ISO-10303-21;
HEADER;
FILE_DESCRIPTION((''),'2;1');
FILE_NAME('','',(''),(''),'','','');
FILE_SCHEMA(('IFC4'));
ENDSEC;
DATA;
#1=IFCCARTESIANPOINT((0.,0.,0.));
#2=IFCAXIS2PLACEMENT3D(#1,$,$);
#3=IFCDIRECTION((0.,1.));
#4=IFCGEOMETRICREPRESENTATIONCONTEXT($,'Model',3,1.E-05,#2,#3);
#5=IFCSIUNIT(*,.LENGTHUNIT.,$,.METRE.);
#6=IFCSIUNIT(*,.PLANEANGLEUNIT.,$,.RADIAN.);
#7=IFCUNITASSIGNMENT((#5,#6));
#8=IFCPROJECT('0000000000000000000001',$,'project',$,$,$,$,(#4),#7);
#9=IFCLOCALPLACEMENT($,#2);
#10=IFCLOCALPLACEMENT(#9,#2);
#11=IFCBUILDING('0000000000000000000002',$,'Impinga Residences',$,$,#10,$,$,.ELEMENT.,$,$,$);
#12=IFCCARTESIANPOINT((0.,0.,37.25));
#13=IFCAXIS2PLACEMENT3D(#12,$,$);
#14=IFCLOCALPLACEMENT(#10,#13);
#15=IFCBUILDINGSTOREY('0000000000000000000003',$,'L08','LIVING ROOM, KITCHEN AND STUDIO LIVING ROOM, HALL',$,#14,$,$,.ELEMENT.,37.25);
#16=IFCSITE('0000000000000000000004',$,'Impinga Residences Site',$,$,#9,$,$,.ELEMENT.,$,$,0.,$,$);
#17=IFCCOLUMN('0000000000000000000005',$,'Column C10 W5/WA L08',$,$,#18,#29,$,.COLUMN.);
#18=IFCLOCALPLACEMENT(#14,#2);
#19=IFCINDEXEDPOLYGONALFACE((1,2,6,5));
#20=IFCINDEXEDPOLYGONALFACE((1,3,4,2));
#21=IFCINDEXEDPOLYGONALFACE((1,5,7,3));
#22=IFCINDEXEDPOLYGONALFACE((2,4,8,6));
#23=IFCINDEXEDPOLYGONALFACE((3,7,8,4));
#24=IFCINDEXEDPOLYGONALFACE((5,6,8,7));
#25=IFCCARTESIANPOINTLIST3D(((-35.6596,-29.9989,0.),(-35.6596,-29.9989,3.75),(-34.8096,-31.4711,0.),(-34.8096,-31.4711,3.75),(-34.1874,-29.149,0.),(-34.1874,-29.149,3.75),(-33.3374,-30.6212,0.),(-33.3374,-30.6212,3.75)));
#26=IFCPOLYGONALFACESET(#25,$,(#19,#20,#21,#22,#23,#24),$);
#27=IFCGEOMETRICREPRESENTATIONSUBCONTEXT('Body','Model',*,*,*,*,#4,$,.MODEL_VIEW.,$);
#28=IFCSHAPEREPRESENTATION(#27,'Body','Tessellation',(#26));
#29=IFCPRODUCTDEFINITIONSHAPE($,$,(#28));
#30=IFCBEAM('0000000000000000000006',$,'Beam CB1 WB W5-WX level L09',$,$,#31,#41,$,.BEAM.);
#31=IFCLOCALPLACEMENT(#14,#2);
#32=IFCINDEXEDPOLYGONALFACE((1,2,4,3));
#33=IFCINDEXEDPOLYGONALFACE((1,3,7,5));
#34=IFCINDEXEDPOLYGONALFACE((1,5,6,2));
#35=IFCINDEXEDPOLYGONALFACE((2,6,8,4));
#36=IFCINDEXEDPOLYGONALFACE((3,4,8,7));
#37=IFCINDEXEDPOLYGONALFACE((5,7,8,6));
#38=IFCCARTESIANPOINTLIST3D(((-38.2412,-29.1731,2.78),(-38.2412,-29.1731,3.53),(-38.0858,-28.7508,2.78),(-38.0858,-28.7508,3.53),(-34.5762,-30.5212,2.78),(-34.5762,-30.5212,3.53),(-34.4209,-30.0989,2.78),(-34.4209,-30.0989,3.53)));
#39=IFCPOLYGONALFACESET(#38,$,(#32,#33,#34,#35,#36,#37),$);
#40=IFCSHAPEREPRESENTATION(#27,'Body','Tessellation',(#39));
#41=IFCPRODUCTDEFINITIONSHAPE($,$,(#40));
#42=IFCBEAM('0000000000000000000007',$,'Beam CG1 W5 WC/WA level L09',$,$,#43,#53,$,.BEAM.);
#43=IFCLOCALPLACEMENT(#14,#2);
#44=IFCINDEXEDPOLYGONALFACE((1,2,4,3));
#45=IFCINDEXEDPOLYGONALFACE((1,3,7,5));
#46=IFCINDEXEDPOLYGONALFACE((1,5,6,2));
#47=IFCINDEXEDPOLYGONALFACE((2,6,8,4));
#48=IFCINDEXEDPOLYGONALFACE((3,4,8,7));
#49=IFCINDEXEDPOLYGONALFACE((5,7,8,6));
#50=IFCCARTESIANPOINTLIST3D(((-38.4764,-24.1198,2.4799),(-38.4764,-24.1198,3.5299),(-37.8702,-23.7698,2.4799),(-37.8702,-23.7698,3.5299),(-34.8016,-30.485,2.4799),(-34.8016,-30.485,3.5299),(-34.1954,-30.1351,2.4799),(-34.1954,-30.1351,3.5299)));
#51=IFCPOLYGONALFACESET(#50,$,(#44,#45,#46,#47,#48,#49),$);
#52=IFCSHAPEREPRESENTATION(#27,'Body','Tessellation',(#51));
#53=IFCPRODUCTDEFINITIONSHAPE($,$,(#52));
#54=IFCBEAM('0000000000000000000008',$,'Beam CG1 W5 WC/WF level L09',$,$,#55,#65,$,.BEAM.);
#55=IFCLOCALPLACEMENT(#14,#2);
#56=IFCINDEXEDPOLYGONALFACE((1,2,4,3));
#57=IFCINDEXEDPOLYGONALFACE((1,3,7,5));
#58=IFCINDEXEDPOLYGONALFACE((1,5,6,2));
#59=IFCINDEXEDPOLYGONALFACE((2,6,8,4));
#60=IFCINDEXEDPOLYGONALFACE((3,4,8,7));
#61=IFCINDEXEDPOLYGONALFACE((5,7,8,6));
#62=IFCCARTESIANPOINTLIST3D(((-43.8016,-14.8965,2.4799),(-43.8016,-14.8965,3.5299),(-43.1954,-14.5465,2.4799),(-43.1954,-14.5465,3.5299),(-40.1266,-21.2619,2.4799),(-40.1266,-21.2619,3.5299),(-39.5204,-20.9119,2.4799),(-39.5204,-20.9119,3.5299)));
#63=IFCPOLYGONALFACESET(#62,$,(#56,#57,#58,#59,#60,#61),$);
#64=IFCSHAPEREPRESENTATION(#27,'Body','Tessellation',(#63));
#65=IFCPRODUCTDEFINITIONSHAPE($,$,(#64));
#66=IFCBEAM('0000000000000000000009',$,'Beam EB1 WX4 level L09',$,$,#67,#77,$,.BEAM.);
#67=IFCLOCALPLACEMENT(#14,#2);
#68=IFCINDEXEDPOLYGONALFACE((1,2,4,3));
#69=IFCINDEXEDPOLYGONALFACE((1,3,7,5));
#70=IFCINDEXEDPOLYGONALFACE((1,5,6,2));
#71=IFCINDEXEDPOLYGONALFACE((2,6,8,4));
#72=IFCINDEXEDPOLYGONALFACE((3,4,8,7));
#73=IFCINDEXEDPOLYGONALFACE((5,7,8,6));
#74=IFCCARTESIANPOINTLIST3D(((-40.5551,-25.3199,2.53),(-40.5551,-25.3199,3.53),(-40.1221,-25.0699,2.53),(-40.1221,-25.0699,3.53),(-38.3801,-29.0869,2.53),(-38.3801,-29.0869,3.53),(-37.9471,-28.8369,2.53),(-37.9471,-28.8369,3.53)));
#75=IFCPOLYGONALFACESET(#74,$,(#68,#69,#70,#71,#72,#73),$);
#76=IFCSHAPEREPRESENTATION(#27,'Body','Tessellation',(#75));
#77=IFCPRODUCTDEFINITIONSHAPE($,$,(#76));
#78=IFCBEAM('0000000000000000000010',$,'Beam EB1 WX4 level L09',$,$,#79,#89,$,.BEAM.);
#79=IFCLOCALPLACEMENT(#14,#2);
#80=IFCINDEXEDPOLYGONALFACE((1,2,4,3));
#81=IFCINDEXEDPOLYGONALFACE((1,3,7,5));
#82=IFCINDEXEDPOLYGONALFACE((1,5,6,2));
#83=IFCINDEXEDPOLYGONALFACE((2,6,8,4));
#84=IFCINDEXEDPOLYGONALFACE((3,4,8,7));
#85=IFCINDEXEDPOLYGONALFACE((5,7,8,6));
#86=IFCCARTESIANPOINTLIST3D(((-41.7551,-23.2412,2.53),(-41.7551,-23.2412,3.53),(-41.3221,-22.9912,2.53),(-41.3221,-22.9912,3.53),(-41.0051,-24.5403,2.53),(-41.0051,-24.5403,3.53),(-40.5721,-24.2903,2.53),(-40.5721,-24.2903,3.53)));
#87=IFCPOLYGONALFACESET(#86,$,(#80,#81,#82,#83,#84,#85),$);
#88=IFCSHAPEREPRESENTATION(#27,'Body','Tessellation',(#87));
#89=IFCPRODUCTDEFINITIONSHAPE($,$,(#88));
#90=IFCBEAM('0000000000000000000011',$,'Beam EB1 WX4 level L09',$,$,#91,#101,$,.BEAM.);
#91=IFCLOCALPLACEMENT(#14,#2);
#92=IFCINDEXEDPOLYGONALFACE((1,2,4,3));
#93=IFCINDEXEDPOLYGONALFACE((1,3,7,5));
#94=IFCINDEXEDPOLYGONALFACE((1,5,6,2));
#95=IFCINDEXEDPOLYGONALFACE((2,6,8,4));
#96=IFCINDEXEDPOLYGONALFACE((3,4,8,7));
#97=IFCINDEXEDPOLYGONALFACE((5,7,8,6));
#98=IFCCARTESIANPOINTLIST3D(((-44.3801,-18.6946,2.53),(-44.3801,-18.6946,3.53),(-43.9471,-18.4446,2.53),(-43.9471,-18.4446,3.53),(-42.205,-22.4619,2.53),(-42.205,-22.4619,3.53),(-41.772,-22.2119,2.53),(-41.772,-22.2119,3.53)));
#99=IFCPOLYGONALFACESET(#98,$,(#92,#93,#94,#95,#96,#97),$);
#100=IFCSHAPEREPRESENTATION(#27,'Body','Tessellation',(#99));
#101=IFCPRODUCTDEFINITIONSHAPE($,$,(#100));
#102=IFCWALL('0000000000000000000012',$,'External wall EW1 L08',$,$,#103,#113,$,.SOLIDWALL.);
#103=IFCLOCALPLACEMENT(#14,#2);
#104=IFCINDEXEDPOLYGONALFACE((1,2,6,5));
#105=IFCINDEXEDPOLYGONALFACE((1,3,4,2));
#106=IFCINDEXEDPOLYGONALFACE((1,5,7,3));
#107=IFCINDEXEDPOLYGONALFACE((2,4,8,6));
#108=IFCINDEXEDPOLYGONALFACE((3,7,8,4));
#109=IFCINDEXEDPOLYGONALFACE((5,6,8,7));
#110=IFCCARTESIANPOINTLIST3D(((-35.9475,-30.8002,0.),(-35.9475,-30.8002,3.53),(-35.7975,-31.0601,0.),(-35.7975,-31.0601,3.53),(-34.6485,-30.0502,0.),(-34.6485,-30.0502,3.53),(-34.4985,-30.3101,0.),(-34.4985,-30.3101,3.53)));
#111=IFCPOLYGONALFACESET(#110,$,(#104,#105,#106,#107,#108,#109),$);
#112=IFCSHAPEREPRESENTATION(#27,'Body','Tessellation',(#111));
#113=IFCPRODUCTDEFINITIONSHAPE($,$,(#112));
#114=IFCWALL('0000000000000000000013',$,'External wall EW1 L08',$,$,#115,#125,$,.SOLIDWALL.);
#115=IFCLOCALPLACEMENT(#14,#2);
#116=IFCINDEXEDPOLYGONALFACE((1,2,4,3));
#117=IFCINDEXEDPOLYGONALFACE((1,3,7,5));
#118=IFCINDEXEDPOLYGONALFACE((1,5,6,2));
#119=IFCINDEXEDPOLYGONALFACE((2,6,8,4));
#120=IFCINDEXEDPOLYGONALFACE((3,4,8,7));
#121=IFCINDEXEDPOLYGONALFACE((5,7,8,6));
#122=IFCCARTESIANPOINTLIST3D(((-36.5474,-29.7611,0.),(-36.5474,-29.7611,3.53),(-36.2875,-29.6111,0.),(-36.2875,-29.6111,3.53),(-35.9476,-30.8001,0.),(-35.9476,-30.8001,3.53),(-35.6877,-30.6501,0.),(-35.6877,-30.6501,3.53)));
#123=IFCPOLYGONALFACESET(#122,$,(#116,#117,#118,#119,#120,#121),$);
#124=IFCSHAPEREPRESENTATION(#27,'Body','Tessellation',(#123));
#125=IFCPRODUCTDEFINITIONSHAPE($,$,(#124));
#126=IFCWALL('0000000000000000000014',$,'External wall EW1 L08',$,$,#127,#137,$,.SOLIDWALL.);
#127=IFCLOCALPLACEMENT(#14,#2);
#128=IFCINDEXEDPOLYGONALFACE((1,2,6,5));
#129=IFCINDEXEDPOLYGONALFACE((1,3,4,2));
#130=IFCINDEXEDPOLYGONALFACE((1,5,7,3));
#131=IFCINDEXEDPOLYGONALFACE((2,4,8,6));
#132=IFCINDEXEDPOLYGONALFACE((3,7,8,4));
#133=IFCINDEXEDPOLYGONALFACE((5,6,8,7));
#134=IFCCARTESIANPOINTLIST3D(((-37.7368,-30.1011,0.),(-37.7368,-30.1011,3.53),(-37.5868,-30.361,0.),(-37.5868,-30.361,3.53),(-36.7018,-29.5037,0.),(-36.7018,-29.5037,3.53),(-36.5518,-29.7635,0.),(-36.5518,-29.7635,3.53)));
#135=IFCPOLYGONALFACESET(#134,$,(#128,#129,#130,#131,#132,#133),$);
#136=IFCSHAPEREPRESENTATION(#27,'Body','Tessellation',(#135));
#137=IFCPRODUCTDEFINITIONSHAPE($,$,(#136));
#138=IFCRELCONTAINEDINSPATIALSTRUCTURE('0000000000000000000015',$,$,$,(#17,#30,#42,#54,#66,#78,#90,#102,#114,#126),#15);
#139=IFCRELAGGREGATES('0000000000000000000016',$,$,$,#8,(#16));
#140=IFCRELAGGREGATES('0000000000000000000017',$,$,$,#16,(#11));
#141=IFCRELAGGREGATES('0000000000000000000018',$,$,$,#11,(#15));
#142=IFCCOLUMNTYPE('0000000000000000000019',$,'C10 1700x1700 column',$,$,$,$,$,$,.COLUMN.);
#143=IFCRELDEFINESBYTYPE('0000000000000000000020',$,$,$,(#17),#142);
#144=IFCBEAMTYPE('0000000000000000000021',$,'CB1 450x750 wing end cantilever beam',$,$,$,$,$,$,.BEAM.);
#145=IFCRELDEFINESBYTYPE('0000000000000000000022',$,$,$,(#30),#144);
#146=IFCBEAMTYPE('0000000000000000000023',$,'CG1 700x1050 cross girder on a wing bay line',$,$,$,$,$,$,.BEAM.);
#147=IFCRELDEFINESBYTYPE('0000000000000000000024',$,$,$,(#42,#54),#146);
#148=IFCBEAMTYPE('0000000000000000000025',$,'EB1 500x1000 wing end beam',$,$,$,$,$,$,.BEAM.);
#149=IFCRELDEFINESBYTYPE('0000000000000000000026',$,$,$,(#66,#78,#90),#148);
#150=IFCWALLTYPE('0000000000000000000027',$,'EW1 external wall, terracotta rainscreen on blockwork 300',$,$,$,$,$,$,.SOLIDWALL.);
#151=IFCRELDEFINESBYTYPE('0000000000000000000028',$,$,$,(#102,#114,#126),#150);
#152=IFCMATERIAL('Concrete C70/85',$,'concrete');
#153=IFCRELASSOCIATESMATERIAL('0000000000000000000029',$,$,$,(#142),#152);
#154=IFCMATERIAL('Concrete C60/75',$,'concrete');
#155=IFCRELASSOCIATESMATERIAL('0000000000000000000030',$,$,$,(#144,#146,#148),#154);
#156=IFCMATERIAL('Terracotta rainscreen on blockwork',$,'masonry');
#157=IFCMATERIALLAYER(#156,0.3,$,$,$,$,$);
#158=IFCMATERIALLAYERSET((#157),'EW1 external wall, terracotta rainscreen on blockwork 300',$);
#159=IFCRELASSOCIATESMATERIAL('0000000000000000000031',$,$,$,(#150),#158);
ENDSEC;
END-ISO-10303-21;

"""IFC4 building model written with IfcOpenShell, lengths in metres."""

from ifc_helpers import new_model, si_unit, direction, frame, frame_2d, origin, origin_2d, place, context, subcontext, project, spatial, rectangle, extrude, material, layer, layer_set, material_profile, profile_set, type_object, element, save


model = new_model("IFC4")

# Units and contexts
model_context = context("Model", 3, precision=1e-05, world=origin(), true_north=direction((0.0, 1.0)))
body_context = subcontext(model_context, "Body", "Model", "MODEL_VIEW")
ifc_project = project(units=[si_unit("LENGTHUNIT", "METRE"), si_unit("PLANEANGLEUNIT", "RADIAN")], contexts=[model_context])

# Site, building, storey
site_placement = place(None, origin())
site = spatial("IfcSite", under=ifc_project, at=site_placement, Name="Impinga Residences Site", CompositionType="ELEMENT", RefElevation=0.0)
building_placement = place(site_placement, origin())
building = spatial("IfcBuilding", under=site, at=building_placement, Name="Impinga Residences", CompositionType="ELEMENT")
storey_placement = place(building_placement, frame((0.0, 0.0, 37.25)))
storey = spatial("IfcBuildingStorey", under=building, at=storey_placement, Name="L08", Description="LIVING ROOM, KITCHEN AND STUDIO LIVING ROOM, HALL", CompositionType="ELEMENT", Elevation=37.25)

# Column
ifc_material_1 = material(Name="Concrete C70/85", Category="concrete")
ifc_material_profile_1 = material_profile(ifc_material_1, rectangle(XDim=1.7, YDim=1.7, at=origin_2d()), Name="RC 1700x1700")
ifc_profile_set_1 = profile_set([ifc_material_profile_1], Name="Concrete C70/85")
column_type = type_object("IfcColumnType", Name="C10 1700x1700 column", PredefinedType="COLUMN", material=ifc_profile_set_1)
column_placement = place(storey_placement, frame((-34.4985, -30.3101, 0.0), z_axis=(0.0, 0.0, 1.0), x_axis=(-0.5, 0.866025, 0.0)))
element("IfcColumn", 1, at=column_placement, inside=storey, type_object=column_type, Name="Column C10 W5/WA L08", PredefinedType="COLUMN", context=body_context, shape_type="SweptSolid", body=[
    extrude(rectangle(XDim=1.7, YDim=1.7, at=origin_2d()), origin(), (0.0, 0.0, 1.0), 3.75),
])

# Beams
ifc_material_2 = material(Name="Concrete C60/75", Category="concrete")
ifc_material_profile_2 = material_profile(ifc_material_2, rectangle(XDim=0.45, YDim=0.75, at=origin_2d()), Name="RC 450x750")
ifc_profile_set_2 = profile_set([ifc_material_profile_2], Name="Concrete C60/75")
beam_type_1 = type_object("IfcBeamType", Name="CB1 450x750 wing end cantilever beam", PredefinedType="BEAM", material=ifc_profile_set_2)
beam_1_placement = place(storey_placement, frame((-34.4985, -30.3101, 3.155), z_axis=(-0.93852, 0.345224, 0.0), x_axis=(-0.345224, -0.93852, 0.0)))
element("IfcBeam", 2, at=beam_1_placement, inside=storey, type_object=beam_type_1, Name="Beam CB1 WB W5-WX level L09", PredefinedType="BEAM", context=body_context, shape_type="SweptSolid", body=[
    extrude(rectangle(XDim=0.45, YDim=0.75, at=origin_2d()), origin(), (0.0, 0.0, 1.0), 3.905),
])
ifc_material_profile_3 = material_profile(ifc_material_2, rectangle(XDim=0.7, YDim=1.05, at=origin_2d()), Name="RC 700x1050")
ifc_profile_set_3 = profile_set([ifc_material_profile_3], Name="Concrete C60/75")
beam_type_2 = type_object("IfcBeamType", Name="CG1 700x1050 cross girder on a wing bay line", PredefinedType="BEAM", material=ifc_profile_set_3)
beam_2_placement = place(storey_placement, frame((-38.1733, -23.9448, 3.0049), z_axis=(0.499983, -0.866035, 0.0), x_axis=(0.866035, 0.499983, 0.0)))
element("IfcBeam", 3, at=beam_2_placement, inside=storey, type_object=beam_type_2, Name="Beam CG1 W5 WC/WA level L09", PredefinedType="BEAM", context=body_context, shape_type="SweptSolid", body=[
    extrude(rectangle(XDim=0.7, YDim=1.05, at=origin_2d()), origin(), (0.0, 0.0, 1.0), 7.3499),
])
beam_3_placement = place(storey_placement, frame((-39.8235, -21.0869, 3.0049), z_axis=(-0.499994, 0.866029, 0.0), x_axis=(-0.866029, -0.499994, 0.0)))
element("IfcBeam", 4, at=beam_3_placement, inside=storey, type_object=beam_type_2, Name="Beam CG1 W5 WC/WF level L09", PredefinedType="BEAM", context=body_context, shape_type="SweptSolid", body=[
    extrude(rectangle(XDim=0.7, YDim=1.05, at=origin_2d()), origin(), (0.0, 0.0, 1.0), 7.3501),
])
ifc_material_profile_4 = material_profile(ifc_material_2, rectangle(XDim=0.5, YDim=1.0, at=origin_2d()), Name="RC 500x1000")
ifc_profile_set_4 = profile_set([ifc_material_profile_4], Name="Concrete C60/75")
beam_type_3 = type_object("IfcBeamType", Name="EB1 500x1000 wing end beam", PredefinedType="BEAM", material=ifc_profile_set_4)
beam_4_placement = place(storey_placement, frame((-38.1636, -28.9619, 3.03), z_axis=(-0.50002, 0.866014, 0.0), x_axis=(-0.866014, -0.50002, 0.0)))
element("IfcBeam", 5, at=beam_4_placement, inside=storey, type_object=beam_type_3, Name="Beam EB1 WX4 level L09", PredefinedType="BEAM", context=body_context, shape_type="SweptSolid", body=[
    extrude(rectangle(XDim=0.5, YDim=1.0, at=origin_2d()), origin(), (0.0, 0.0, 1.0), 4.3499),
])
beam_5_placement = place(storey_placement, frame((-40.7886, -24.4153, 3.03), z_axis=(-0.49999, 0.866031, 0.0), x_axis=(-0.866031, -0.49999, 0.0)))
element("IfcBeam", 6, at=beam_5_placement, inside=storey, type_object=beam_type_3, Name="Beam EB1 WX4 level L09", PredefinedType="BEAM", context=body_context, shape_type="SweptSolid", body=[
    extrude(rectangle(XDim=0.5, YDim=1.0, at=origin_2d()), origin(), (0.0, 0.0, 1.0), 1.5),
])
beam_6_placement = place(storey_placement, frame((-41.9885, -22.3369, 3.03), z_axis=(-0.499996, 0.866028, 0.0), x_axis=(-0.866028, -0.499996, 0.0)))
element("IfcBeam", 7, at=beam_6_placement, inside=storey, type_object=beam_type_3, Name="Beam EB1 WX4 level L09", PredefinedType="BEAM", context=body_context, shape_type="SweptSolid", body=[
    extrude(rectangle(XDim=0.5, YDim=1.0, at=origin_2d()), origin(), (0.0, 0.0, 1.0), 4.3501),
])

# Walls
ifc_material_3 = material(Name="Terracotta rainscreen on blockwork", Category="masonry")
ifc_layer_1 = layer(ifc_material_3, 0.3)
ifc_layer_set_1 = layer_set([ifc_layer_1], Name="EW1 external wall, terracotta rainscreen on blockwork 300")
wall_type_1 = type_object("IfcWallType", Name="EW1 external wall, terracotta rainscreen on blockwork 300", PredefinedType="SOLIDWALL", material=ifc_layer_set_1)
wall_1_placement = place(storey_placement, frame((-34.5735, -30.1802, 0.0), z_axis=(0.0, 0.0, 1.0), x_axis=(-0.866031, -0.49999, 0.0)))
element("IfcWall", 8, at=wall_1_placement, inside=storey, type_object=wall_type_1, Name="External wall EW1 L08", PredefinedType="SOLIDWALL", context=body_context, shape_type="SweptSolid", body=[
    extrude(rectangle(XDim=1.5, YDim=0.3, at=frame_2d((0.75, 0.0))), origin(), (0.0, 0.0, 1.0), 3.53),
])
wall_2_placement = place(storey_placement, frame((-35.8176, -30.7251, 0.0), z_axis=(0.0, 0.0, 1.0), x_axis=(-0.499969, 0.866043, 0.0)))
element("IfcWall", 9, at=wall_2_placement, inside=storey, type_object=wall_type_1, Name="External wall EW1 L08", PredefinedType="SOLIDWALL", context=body_context, shape_type="SweptSolid", body=[
    extrude(rectangle(XDim=1.1997, YDim=0.3, at=frame_2d((0.5999, 0.0))), origin(), (0.0, 0.0, 1.0), 3.53),
])
wall_3_placement = place(storey_placement, frame((-36.6267, -29.6335, 0.0), z_axis=(0.0, 0.0, 1.0), x_axis=(-0.86606, -0.499941, 0.0)))
element("IfcWall", 10, at=wall_3_placement, inside=storey, type_object=wall_type_1, Name="External wall EW1 L08", PredefinedType="SOLIDWALL", context=body_context, shape_type="SweptSolid", body=[
    extrude(rectangle(XDim=1.1951, YDim=0.3, at=frame_2d((0.5977, 0.0))), origin(), (0.0, 0.0, 1.0), 3.53),
])

save(model, "model.ifc")
